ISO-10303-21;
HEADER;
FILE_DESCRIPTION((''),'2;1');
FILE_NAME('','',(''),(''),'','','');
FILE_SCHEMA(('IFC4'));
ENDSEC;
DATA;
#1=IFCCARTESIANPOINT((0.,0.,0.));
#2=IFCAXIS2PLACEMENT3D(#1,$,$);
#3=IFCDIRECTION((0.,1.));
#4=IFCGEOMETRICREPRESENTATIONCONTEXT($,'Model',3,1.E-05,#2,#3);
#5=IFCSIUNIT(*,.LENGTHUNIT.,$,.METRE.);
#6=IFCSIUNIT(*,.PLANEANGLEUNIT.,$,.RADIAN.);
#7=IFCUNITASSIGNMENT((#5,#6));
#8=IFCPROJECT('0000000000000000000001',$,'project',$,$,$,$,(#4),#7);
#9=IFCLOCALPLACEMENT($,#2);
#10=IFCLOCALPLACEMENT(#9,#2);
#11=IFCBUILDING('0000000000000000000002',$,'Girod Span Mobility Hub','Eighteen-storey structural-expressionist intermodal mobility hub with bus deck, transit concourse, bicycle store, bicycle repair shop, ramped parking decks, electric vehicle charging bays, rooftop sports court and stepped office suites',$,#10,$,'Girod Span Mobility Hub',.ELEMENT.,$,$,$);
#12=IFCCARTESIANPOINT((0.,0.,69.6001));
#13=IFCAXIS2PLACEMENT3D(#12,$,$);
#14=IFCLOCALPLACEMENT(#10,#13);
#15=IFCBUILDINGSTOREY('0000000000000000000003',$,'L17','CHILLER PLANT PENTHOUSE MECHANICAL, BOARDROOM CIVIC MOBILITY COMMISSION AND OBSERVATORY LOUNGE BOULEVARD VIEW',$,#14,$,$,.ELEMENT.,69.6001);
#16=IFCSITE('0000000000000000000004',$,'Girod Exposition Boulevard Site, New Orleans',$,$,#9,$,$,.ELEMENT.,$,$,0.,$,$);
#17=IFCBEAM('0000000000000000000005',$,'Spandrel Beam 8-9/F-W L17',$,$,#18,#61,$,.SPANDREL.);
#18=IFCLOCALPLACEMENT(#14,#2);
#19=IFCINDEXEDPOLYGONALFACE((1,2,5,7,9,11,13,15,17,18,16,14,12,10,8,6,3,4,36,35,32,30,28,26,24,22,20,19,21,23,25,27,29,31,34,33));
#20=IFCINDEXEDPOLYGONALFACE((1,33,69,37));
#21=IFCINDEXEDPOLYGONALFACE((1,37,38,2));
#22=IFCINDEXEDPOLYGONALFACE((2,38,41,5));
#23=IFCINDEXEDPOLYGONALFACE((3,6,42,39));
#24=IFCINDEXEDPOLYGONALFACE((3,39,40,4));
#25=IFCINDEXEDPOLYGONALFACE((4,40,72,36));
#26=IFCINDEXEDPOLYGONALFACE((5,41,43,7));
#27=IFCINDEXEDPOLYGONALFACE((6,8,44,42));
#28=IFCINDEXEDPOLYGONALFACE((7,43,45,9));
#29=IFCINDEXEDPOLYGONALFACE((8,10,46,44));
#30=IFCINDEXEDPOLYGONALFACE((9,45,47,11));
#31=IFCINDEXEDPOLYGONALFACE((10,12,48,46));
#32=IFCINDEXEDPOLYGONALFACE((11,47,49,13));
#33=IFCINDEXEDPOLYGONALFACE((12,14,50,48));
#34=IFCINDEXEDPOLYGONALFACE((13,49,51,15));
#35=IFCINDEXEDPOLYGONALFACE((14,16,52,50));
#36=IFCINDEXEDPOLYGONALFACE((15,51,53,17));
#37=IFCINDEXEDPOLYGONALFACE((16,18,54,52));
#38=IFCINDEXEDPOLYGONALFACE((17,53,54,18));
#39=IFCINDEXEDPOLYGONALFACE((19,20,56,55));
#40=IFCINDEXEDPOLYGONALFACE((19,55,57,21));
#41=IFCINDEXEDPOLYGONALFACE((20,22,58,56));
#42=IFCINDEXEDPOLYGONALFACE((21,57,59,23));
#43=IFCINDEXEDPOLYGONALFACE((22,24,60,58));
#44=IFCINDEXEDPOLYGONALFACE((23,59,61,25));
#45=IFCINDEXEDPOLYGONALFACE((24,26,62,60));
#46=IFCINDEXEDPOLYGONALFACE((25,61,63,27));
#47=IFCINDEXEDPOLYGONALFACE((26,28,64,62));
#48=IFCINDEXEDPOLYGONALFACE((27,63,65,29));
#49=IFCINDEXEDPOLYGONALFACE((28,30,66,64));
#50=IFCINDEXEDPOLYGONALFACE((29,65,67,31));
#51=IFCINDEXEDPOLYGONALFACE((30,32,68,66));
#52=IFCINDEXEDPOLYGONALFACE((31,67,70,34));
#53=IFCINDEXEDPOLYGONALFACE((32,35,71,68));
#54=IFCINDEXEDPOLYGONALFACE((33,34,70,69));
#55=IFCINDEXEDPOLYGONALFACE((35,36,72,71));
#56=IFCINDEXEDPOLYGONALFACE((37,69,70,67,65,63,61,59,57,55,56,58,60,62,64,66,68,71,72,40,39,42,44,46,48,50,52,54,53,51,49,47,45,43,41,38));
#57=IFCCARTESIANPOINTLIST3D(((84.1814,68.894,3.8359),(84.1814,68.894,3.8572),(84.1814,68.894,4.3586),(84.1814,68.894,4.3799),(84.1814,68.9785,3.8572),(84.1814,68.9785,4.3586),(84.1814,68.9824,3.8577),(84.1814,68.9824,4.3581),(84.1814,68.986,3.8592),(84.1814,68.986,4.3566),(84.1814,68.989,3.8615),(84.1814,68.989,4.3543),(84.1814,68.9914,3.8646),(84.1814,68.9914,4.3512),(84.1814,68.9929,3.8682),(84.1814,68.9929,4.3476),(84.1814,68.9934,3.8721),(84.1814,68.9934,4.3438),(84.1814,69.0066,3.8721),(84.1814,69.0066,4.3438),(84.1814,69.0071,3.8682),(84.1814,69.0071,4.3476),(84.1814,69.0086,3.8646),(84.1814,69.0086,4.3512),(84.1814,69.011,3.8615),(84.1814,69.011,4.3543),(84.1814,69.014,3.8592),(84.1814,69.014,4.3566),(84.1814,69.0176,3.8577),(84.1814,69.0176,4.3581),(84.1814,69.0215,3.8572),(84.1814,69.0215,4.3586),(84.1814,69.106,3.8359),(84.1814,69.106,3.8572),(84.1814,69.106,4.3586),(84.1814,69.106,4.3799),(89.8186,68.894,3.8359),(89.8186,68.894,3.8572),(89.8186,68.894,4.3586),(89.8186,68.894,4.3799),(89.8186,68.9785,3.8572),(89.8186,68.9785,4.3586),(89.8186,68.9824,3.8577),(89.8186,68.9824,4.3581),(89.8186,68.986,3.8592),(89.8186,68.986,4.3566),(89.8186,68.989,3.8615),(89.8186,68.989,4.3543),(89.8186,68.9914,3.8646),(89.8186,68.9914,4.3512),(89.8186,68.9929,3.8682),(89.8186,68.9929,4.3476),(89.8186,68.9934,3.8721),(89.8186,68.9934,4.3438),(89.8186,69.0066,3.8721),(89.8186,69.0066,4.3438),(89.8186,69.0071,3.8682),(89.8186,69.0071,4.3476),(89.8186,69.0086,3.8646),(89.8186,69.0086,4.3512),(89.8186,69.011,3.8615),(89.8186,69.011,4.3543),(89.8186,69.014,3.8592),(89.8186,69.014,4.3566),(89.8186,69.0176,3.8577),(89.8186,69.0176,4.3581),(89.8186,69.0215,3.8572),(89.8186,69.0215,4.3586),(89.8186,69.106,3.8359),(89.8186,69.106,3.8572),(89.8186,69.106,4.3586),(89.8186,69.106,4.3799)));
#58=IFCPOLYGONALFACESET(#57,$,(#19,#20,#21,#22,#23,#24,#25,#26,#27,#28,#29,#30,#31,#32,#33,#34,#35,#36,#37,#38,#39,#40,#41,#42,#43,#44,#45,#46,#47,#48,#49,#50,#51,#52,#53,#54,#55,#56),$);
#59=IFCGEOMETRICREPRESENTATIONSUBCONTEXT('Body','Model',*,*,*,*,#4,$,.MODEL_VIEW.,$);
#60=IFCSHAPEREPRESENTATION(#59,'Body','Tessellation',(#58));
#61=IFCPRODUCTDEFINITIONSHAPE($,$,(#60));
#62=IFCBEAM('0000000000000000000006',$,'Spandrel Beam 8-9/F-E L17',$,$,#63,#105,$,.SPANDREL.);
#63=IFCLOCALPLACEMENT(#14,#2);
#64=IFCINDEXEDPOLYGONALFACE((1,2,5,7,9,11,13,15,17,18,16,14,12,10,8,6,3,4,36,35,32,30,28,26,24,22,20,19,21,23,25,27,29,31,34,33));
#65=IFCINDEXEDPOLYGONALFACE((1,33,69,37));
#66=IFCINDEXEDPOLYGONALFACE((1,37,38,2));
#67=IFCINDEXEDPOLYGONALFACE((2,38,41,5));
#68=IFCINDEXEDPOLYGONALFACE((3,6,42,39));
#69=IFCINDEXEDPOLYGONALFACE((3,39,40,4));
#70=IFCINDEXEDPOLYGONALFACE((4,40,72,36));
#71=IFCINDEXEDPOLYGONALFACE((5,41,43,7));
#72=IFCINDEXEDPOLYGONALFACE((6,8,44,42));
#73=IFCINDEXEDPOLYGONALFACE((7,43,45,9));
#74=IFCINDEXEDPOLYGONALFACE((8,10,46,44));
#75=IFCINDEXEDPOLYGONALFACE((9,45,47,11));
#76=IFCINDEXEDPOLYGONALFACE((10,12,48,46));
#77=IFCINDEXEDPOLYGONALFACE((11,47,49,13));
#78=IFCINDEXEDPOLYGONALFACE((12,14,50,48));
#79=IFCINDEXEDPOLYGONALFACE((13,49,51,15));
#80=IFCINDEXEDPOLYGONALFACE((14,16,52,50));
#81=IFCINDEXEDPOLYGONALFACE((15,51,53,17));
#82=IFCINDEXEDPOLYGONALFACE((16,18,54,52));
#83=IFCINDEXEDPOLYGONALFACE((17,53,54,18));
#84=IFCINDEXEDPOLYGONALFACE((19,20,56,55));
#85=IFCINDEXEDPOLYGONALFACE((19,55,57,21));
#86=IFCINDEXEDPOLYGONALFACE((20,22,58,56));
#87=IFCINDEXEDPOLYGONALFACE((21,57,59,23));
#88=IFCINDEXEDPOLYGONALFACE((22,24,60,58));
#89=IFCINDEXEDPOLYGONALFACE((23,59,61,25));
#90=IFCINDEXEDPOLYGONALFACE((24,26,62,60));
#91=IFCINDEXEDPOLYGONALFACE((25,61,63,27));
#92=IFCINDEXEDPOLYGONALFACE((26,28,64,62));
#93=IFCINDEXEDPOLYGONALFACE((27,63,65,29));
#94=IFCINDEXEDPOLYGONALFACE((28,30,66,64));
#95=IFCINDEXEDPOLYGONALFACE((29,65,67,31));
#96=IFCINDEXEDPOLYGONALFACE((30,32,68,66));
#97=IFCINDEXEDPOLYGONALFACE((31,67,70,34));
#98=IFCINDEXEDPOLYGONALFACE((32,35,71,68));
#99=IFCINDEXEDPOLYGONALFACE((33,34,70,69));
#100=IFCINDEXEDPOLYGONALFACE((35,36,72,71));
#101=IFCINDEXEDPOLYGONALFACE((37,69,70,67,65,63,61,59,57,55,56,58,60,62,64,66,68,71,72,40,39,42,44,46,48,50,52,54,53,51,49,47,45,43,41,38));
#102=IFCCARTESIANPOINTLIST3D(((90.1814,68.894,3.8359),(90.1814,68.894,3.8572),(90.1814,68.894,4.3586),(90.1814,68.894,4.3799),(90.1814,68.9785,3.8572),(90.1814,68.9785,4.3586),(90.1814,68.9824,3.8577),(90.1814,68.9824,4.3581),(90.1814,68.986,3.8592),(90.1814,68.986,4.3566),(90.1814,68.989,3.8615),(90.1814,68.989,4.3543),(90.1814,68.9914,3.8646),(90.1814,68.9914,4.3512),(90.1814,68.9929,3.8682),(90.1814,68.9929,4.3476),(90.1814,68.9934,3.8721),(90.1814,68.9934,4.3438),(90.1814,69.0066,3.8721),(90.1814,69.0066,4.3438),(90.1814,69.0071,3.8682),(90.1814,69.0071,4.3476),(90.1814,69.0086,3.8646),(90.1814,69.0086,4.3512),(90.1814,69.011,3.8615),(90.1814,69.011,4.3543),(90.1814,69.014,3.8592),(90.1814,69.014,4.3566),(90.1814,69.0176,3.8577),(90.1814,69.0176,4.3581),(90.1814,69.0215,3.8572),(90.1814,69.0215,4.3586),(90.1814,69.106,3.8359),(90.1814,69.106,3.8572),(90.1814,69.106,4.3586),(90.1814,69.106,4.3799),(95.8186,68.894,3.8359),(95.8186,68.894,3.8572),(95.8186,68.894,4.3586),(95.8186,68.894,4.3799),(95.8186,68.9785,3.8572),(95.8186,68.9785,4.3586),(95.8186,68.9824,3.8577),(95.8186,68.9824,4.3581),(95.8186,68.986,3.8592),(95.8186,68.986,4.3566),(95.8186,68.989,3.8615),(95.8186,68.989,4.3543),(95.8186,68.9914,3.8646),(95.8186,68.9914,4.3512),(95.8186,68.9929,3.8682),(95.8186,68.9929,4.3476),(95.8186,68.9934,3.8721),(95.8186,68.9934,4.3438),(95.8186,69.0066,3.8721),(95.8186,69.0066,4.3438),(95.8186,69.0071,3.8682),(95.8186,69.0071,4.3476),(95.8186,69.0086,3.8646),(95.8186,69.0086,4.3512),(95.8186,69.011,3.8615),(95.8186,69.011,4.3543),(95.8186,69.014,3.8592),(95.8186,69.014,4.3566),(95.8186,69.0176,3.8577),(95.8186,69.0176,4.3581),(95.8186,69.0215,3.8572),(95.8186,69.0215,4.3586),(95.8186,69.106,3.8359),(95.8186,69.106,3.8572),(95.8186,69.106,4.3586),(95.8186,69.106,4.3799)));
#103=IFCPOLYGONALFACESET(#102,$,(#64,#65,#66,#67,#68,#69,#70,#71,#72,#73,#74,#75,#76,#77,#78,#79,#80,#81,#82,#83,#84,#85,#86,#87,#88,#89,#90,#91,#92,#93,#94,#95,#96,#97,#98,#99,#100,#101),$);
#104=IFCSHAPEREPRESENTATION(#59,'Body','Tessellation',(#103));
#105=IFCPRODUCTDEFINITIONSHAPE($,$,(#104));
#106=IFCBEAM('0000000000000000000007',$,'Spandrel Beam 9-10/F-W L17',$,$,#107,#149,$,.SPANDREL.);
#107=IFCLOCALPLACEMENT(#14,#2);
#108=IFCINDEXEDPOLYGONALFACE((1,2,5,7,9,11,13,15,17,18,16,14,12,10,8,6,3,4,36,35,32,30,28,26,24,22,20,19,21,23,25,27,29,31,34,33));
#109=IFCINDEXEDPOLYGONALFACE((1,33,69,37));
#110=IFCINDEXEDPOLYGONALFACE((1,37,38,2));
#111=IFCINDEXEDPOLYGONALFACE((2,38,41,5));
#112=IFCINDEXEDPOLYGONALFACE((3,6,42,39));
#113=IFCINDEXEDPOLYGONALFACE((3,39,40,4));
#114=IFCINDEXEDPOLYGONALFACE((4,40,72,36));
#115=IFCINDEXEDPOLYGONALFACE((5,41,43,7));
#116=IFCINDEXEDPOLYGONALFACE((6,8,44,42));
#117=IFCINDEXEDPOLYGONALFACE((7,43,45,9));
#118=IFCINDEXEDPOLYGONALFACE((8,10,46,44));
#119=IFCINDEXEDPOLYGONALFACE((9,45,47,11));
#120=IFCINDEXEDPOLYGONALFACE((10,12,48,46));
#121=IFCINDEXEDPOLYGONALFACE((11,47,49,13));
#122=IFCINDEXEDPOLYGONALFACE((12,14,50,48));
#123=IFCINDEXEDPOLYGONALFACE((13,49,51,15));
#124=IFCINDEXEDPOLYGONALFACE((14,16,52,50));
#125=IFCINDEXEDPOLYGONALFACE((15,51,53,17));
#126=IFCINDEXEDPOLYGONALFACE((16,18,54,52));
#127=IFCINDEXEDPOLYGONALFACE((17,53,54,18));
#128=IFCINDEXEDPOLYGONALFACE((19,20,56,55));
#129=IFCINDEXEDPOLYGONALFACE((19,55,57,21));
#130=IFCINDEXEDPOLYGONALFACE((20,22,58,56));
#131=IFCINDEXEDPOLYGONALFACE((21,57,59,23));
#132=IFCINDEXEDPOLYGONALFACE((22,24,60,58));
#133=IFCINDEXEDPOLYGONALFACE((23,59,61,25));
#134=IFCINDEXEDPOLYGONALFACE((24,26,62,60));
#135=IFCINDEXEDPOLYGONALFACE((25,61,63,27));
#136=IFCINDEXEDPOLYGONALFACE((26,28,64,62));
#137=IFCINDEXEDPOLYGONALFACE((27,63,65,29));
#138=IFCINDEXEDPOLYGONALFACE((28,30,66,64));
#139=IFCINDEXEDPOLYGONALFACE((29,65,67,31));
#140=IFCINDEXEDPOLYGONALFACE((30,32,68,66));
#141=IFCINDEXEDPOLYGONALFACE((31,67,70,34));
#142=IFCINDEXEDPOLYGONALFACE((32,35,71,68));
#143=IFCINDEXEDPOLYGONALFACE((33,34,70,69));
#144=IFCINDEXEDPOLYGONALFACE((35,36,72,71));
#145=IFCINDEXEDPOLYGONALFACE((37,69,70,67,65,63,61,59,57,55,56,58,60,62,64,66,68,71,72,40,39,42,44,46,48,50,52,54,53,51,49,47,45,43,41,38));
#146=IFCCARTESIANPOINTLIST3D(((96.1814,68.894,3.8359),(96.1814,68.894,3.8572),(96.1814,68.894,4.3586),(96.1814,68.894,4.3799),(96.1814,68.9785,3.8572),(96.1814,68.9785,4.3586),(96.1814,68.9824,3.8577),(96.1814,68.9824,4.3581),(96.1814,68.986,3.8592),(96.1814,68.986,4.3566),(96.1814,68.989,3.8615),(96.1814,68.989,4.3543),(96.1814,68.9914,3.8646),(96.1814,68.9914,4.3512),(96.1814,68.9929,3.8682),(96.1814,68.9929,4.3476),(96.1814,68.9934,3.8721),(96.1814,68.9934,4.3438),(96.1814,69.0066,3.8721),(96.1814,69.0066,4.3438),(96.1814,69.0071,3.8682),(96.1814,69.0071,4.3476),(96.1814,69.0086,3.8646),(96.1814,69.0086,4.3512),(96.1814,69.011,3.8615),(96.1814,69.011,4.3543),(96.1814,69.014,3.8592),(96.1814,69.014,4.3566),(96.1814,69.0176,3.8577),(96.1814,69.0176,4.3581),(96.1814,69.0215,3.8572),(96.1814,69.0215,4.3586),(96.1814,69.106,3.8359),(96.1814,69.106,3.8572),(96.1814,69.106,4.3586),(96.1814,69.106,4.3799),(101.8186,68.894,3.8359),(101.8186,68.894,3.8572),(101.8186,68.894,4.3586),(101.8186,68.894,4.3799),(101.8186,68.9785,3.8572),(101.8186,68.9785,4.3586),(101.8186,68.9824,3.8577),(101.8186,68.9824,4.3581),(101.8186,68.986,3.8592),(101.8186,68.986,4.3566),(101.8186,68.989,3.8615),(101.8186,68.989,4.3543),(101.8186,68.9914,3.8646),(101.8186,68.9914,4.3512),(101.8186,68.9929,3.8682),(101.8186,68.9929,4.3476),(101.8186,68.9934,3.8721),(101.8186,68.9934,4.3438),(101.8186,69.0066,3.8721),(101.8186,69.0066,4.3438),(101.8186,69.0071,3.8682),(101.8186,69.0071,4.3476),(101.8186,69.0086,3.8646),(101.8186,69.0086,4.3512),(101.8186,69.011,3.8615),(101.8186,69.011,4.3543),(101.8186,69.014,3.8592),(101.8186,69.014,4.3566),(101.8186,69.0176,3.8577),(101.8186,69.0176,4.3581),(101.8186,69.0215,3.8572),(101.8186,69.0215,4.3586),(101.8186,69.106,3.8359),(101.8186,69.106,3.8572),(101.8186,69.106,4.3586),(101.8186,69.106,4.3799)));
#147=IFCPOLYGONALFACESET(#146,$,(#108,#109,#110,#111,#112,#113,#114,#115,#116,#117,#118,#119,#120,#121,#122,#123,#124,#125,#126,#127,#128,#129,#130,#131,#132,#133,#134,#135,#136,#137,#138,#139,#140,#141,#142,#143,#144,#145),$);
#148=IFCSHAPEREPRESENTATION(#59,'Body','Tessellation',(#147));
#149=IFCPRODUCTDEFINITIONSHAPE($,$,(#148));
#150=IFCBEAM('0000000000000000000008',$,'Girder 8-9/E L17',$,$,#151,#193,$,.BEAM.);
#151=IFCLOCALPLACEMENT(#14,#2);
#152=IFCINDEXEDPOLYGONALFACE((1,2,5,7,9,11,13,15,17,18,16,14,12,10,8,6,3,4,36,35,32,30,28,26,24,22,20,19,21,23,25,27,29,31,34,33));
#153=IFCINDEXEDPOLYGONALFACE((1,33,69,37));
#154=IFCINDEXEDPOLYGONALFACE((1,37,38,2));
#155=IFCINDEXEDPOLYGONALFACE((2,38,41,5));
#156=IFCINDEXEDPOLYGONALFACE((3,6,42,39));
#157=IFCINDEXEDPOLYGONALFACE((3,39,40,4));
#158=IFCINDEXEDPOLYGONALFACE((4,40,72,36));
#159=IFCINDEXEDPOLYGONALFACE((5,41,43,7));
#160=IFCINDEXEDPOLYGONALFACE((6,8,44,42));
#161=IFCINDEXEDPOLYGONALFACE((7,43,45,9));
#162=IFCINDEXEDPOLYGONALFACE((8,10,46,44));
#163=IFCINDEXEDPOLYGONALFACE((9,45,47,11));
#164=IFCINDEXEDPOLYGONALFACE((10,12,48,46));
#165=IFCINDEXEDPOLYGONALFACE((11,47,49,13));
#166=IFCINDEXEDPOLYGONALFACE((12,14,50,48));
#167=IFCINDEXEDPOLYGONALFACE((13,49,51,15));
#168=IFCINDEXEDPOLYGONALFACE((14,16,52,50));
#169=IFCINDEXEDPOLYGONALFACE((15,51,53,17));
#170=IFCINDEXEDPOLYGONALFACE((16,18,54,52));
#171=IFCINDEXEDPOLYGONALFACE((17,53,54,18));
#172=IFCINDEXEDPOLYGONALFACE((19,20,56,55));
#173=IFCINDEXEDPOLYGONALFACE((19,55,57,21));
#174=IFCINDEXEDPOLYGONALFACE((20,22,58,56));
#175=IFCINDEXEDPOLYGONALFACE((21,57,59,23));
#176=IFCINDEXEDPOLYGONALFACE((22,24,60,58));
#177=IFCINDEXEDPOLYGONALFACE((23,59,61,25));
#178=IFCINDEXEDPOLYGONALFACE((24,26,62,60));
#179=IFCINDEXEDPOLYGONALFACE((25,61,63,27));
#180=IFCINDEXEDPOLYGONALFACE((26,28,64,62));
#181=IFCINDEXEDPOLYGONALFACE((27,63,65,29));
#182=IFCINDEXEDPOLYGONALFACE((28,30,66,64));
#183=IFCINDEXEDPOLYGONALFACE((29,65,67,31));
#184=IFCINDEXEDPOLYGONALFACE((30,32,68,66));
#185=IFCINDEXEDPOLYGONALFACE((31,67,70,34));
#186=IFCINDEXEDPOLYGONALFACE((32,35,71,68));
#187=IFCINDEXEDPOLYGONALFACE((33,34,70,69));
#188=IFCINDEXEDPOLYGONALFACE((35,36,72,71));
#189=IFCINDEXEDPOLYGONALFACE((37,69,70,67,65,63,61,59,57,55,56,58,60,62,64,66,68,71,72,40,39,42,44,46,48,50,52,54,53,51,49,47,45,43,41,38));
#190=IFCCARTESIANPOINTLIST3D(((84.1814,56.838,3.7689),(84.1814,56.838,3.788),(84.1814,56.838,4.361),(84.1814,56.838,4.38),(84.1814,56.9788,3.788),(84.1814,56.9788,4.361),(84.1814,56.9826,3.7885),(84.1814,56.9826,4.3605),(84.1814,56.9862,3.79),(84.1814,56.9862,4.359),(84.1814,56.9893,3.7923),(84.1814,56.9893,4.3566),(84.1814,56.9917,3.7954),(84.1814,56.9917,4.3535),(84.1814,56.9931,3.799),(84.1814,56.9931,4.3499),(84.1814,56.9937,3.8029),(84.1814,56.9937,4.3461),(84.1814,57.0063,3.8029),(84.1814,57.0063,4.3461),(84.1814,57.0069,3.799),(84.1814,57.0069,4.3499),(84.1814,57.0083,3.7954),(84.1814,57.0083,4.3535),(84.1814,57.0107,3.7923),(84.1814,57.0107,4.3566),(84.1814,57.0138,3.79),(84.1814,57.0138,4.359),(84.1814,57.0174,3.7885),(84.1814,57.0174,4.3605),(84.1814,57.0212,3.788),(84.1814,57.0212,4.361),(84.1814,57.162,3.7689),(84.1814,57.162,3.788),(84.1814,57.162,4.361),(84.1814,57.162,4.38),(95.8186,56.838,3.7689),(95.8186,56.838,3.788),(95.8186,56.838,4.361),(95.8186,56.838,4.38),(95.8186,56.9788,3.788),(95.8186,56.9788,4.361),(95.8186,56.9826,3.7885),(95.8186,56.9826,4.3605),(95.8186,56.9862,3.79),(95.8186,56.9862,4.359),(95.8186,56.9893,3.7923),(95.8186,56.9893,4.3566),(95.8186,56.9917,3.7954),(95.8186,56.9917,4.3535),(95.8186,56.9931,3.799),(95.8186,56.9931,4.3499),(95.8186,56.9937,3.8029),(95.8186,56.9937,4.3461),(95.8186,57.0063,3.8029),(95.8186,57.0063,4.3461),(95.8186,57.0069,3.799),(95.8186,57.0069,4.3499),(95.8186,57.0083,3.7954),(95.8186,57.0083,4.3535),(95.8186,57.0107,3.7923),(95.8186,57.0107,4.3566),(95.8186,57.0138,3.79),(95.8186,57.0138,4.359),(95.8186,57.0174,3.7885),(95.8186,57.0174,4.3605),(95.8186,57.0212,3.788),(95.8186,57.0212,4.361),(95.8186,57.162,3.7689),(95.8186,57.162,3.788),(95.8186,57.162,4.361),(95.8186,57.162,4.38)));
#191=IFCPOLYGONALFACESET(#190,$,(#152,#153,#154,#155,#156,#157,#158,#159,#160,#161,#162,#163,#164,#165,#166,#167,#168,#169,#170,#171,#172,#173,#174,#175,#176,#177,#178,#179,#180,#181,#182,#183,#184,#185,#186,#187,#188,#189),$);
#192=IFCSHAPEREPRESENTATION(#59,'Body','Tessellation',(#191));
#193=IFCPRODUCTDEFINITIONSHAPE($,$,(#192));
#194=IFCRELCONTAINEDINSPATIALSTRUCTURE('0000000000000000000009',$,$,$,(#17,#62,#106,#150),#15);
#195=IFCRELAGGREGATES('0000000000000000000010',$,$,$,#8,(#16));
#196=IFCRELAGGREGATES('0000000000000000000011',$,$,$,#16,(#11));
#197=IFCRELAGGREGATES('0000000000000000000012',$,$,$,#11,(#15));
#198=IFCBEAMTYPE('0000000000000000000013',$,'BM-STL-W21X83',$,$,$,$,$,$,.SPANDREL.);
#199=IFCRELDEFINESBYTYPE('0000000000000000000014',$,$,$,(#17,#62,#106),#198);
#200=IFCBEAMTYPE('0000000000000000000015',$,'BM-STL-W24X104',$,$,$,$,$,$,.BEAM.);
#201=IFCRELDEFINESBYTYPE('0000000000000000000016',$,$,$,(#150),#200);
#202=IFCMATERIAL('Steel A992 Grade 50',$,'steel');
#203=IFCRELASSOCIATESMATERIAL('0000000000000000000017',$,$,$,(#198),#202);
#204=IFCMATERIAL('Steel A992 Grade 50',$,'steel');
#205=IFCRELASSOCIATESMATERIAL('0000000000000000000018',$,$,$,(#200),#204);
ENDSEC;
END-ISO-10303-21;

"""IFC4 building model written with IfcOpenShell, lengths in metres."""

from ifc_helpers import new_model, si_unit, direction, frame, origin, origin_2d, place, context, subcontext, project, spatial, i_section, extrude, material, material_profile, profile_set, type_object, element, save


model = new_model("IFC4")

# Units and contexts
model_context = context("Model", 3, precision=1e-05, world=origin(), true_north=direction((0.0, 1.0)))
body_context = subcontext(model_context, "Body", "Model", "MODEL_VIEW")
ifc_project = project(units=[si_unit("LENGTHUNIT", "METRE"), si_unit("PLANEANGLEUNIT", "RADIAN")], contexts=[model_context])

# Site, building, storey
site_placement = place(None, origin())
site = spatial("IfcSite", under=ifc_project, at=site_placement, Name="Girod Exposition Boulevard Site, New Orleans", CompositionType="ELEMENT", RefElevation=0.0)
building_placement = place(site_placement, origin())
building = spatial("IfcBuilding", under=site, at=building_placement, Name="Girod Span Mobility Hub", Description="Eighteen-storey structural-expressionist intermodal mobility hub with bus deck, transit concourse, bicycle store, bicycle repair shop, ramped parking decks, electric vehicle charging bays, rooftop sports court and stepped office suites", LongName="Girod Span Mobility Hub", CompositionType="ELEMENT")
storey_placement = place(building_placement, frame((0.0, 0.0, 69.6001)))
storey = spatial("IfcBuildingStorey", under=building, at=storey_placement, Name="L17", Description="CHILLER PLANT PENTHOUSE MECHANICAL, BOARDROOM CIVIC MOBILITY COMMISSION AND OBSERVATORY LOUNGE BOULEVARD VIEW", CompositionType="ELEMENT", Elevation=69.6001)

# Beams
ifc_material_1 = material(Name="Steel A992 Grade 50", Category="steel")
ifc_material_profile_1 = material_profile(ifc_material_1, i_section(OverallWidth=0.2119, OverallDepth=0.5439, WebThickness=0.0132, FlangeThickness=0.0212, FilletRadius=0.0149, at=origin_2d()), Name="W21X83")
ifc_profile_set_1 = profile_set([ifc_material_profile_1], Name="Steel A992 Grade 50")
beam_type_1 = type_object("IfcBeamType", Name="BM-STL-W21X83", PredefinedType="SPANDREL", material=ifc_profile_set_1)
for number, where, z_axis, x_axis, name in (
    (1, (84.1814, 69.0, 4.1079), (1.0, 0.0, 0.0), (0.0, 1.0, 0.0), "Spandrel Beam 8-9/F-W L17"),
    (2, (90.1814, 69.0, 4.1079), (1.0, 0.0, 0.0), (0.0, 1.0, 0.0), "Spandrel Beam 8-9/F-E L17"),
    (3, (96.1814, 69.0, 4.1079), (1.0, 0.0, 0.0), (0.0, 1.0, 0.0), "Spandrel Beam 9-10/F-W L17"),
):
    element("IfcBeam", number, at=place(storey_placement, frame(where, z_axis=z_axis, x_axis=x_axis)), inside=storey, type_object=beam_type_1, Name=name, PredefinedType="SPANDREL", context=body_context, shape_type="SweptSolid", body=[
        extrude(i_section(OverallWidth=0.2119, OverallDepth=0.5439, WebThickness=0.0132, FlangeThickness=0.0212, FilletRadius=0.0149, at=origin_2d()), origin(), (0.0, 0.0, 1.0), 5.6372),
    ])
ifc_material_2 = material(Name="Steel A992 Grade 50", Category="steel")
ifc_material_profile_2 = material_profile(ifc_material_2, i_section(OverallWidth=0.324, OverallDepth=0.6111, WebThickness=0.0127, FlangeThickness=0.019, FilletRadius=0.0149, at=origin_2d()), Name="W24X104")
ifc_profile_set_2 = profile_set([ifc_material_profile_2], Name="Steel A992 Grade 50")
beam_type_2 = type_object("IfcBeamType", Name="BM-STL-W24X104", PredefinedType="BEAM", material=ifc_profile_set_2)
for number, where, z_axis, x_axis, name in (
    (4, (84.1814, 57.0, 4.0745), (1.0, 0.0, 0.0), (0.0, 1.0, 0.0), "Girder 8-9/E L17"),
):
    element("IfcBeam", number, at=place(storey_placement, frame(where, z_axis=z_axis, x_axis=x_axis)), inside=storey, type_object=beam_type_2, Name=name, PredefinedType="BEAM", context=body_context, shape_type="SweptSolid", body=[
        extrude(i_section(OverallWidth=0.324, OverallDepth=0.6111, WebThickness=0.0127, FlangeThickness=0.019, FilletRadius=0.0149, at=origin_2d()), origin(), (0.0, 0.0, 1.0), 11.6372),
    ])

save(model, "model.ifc")
